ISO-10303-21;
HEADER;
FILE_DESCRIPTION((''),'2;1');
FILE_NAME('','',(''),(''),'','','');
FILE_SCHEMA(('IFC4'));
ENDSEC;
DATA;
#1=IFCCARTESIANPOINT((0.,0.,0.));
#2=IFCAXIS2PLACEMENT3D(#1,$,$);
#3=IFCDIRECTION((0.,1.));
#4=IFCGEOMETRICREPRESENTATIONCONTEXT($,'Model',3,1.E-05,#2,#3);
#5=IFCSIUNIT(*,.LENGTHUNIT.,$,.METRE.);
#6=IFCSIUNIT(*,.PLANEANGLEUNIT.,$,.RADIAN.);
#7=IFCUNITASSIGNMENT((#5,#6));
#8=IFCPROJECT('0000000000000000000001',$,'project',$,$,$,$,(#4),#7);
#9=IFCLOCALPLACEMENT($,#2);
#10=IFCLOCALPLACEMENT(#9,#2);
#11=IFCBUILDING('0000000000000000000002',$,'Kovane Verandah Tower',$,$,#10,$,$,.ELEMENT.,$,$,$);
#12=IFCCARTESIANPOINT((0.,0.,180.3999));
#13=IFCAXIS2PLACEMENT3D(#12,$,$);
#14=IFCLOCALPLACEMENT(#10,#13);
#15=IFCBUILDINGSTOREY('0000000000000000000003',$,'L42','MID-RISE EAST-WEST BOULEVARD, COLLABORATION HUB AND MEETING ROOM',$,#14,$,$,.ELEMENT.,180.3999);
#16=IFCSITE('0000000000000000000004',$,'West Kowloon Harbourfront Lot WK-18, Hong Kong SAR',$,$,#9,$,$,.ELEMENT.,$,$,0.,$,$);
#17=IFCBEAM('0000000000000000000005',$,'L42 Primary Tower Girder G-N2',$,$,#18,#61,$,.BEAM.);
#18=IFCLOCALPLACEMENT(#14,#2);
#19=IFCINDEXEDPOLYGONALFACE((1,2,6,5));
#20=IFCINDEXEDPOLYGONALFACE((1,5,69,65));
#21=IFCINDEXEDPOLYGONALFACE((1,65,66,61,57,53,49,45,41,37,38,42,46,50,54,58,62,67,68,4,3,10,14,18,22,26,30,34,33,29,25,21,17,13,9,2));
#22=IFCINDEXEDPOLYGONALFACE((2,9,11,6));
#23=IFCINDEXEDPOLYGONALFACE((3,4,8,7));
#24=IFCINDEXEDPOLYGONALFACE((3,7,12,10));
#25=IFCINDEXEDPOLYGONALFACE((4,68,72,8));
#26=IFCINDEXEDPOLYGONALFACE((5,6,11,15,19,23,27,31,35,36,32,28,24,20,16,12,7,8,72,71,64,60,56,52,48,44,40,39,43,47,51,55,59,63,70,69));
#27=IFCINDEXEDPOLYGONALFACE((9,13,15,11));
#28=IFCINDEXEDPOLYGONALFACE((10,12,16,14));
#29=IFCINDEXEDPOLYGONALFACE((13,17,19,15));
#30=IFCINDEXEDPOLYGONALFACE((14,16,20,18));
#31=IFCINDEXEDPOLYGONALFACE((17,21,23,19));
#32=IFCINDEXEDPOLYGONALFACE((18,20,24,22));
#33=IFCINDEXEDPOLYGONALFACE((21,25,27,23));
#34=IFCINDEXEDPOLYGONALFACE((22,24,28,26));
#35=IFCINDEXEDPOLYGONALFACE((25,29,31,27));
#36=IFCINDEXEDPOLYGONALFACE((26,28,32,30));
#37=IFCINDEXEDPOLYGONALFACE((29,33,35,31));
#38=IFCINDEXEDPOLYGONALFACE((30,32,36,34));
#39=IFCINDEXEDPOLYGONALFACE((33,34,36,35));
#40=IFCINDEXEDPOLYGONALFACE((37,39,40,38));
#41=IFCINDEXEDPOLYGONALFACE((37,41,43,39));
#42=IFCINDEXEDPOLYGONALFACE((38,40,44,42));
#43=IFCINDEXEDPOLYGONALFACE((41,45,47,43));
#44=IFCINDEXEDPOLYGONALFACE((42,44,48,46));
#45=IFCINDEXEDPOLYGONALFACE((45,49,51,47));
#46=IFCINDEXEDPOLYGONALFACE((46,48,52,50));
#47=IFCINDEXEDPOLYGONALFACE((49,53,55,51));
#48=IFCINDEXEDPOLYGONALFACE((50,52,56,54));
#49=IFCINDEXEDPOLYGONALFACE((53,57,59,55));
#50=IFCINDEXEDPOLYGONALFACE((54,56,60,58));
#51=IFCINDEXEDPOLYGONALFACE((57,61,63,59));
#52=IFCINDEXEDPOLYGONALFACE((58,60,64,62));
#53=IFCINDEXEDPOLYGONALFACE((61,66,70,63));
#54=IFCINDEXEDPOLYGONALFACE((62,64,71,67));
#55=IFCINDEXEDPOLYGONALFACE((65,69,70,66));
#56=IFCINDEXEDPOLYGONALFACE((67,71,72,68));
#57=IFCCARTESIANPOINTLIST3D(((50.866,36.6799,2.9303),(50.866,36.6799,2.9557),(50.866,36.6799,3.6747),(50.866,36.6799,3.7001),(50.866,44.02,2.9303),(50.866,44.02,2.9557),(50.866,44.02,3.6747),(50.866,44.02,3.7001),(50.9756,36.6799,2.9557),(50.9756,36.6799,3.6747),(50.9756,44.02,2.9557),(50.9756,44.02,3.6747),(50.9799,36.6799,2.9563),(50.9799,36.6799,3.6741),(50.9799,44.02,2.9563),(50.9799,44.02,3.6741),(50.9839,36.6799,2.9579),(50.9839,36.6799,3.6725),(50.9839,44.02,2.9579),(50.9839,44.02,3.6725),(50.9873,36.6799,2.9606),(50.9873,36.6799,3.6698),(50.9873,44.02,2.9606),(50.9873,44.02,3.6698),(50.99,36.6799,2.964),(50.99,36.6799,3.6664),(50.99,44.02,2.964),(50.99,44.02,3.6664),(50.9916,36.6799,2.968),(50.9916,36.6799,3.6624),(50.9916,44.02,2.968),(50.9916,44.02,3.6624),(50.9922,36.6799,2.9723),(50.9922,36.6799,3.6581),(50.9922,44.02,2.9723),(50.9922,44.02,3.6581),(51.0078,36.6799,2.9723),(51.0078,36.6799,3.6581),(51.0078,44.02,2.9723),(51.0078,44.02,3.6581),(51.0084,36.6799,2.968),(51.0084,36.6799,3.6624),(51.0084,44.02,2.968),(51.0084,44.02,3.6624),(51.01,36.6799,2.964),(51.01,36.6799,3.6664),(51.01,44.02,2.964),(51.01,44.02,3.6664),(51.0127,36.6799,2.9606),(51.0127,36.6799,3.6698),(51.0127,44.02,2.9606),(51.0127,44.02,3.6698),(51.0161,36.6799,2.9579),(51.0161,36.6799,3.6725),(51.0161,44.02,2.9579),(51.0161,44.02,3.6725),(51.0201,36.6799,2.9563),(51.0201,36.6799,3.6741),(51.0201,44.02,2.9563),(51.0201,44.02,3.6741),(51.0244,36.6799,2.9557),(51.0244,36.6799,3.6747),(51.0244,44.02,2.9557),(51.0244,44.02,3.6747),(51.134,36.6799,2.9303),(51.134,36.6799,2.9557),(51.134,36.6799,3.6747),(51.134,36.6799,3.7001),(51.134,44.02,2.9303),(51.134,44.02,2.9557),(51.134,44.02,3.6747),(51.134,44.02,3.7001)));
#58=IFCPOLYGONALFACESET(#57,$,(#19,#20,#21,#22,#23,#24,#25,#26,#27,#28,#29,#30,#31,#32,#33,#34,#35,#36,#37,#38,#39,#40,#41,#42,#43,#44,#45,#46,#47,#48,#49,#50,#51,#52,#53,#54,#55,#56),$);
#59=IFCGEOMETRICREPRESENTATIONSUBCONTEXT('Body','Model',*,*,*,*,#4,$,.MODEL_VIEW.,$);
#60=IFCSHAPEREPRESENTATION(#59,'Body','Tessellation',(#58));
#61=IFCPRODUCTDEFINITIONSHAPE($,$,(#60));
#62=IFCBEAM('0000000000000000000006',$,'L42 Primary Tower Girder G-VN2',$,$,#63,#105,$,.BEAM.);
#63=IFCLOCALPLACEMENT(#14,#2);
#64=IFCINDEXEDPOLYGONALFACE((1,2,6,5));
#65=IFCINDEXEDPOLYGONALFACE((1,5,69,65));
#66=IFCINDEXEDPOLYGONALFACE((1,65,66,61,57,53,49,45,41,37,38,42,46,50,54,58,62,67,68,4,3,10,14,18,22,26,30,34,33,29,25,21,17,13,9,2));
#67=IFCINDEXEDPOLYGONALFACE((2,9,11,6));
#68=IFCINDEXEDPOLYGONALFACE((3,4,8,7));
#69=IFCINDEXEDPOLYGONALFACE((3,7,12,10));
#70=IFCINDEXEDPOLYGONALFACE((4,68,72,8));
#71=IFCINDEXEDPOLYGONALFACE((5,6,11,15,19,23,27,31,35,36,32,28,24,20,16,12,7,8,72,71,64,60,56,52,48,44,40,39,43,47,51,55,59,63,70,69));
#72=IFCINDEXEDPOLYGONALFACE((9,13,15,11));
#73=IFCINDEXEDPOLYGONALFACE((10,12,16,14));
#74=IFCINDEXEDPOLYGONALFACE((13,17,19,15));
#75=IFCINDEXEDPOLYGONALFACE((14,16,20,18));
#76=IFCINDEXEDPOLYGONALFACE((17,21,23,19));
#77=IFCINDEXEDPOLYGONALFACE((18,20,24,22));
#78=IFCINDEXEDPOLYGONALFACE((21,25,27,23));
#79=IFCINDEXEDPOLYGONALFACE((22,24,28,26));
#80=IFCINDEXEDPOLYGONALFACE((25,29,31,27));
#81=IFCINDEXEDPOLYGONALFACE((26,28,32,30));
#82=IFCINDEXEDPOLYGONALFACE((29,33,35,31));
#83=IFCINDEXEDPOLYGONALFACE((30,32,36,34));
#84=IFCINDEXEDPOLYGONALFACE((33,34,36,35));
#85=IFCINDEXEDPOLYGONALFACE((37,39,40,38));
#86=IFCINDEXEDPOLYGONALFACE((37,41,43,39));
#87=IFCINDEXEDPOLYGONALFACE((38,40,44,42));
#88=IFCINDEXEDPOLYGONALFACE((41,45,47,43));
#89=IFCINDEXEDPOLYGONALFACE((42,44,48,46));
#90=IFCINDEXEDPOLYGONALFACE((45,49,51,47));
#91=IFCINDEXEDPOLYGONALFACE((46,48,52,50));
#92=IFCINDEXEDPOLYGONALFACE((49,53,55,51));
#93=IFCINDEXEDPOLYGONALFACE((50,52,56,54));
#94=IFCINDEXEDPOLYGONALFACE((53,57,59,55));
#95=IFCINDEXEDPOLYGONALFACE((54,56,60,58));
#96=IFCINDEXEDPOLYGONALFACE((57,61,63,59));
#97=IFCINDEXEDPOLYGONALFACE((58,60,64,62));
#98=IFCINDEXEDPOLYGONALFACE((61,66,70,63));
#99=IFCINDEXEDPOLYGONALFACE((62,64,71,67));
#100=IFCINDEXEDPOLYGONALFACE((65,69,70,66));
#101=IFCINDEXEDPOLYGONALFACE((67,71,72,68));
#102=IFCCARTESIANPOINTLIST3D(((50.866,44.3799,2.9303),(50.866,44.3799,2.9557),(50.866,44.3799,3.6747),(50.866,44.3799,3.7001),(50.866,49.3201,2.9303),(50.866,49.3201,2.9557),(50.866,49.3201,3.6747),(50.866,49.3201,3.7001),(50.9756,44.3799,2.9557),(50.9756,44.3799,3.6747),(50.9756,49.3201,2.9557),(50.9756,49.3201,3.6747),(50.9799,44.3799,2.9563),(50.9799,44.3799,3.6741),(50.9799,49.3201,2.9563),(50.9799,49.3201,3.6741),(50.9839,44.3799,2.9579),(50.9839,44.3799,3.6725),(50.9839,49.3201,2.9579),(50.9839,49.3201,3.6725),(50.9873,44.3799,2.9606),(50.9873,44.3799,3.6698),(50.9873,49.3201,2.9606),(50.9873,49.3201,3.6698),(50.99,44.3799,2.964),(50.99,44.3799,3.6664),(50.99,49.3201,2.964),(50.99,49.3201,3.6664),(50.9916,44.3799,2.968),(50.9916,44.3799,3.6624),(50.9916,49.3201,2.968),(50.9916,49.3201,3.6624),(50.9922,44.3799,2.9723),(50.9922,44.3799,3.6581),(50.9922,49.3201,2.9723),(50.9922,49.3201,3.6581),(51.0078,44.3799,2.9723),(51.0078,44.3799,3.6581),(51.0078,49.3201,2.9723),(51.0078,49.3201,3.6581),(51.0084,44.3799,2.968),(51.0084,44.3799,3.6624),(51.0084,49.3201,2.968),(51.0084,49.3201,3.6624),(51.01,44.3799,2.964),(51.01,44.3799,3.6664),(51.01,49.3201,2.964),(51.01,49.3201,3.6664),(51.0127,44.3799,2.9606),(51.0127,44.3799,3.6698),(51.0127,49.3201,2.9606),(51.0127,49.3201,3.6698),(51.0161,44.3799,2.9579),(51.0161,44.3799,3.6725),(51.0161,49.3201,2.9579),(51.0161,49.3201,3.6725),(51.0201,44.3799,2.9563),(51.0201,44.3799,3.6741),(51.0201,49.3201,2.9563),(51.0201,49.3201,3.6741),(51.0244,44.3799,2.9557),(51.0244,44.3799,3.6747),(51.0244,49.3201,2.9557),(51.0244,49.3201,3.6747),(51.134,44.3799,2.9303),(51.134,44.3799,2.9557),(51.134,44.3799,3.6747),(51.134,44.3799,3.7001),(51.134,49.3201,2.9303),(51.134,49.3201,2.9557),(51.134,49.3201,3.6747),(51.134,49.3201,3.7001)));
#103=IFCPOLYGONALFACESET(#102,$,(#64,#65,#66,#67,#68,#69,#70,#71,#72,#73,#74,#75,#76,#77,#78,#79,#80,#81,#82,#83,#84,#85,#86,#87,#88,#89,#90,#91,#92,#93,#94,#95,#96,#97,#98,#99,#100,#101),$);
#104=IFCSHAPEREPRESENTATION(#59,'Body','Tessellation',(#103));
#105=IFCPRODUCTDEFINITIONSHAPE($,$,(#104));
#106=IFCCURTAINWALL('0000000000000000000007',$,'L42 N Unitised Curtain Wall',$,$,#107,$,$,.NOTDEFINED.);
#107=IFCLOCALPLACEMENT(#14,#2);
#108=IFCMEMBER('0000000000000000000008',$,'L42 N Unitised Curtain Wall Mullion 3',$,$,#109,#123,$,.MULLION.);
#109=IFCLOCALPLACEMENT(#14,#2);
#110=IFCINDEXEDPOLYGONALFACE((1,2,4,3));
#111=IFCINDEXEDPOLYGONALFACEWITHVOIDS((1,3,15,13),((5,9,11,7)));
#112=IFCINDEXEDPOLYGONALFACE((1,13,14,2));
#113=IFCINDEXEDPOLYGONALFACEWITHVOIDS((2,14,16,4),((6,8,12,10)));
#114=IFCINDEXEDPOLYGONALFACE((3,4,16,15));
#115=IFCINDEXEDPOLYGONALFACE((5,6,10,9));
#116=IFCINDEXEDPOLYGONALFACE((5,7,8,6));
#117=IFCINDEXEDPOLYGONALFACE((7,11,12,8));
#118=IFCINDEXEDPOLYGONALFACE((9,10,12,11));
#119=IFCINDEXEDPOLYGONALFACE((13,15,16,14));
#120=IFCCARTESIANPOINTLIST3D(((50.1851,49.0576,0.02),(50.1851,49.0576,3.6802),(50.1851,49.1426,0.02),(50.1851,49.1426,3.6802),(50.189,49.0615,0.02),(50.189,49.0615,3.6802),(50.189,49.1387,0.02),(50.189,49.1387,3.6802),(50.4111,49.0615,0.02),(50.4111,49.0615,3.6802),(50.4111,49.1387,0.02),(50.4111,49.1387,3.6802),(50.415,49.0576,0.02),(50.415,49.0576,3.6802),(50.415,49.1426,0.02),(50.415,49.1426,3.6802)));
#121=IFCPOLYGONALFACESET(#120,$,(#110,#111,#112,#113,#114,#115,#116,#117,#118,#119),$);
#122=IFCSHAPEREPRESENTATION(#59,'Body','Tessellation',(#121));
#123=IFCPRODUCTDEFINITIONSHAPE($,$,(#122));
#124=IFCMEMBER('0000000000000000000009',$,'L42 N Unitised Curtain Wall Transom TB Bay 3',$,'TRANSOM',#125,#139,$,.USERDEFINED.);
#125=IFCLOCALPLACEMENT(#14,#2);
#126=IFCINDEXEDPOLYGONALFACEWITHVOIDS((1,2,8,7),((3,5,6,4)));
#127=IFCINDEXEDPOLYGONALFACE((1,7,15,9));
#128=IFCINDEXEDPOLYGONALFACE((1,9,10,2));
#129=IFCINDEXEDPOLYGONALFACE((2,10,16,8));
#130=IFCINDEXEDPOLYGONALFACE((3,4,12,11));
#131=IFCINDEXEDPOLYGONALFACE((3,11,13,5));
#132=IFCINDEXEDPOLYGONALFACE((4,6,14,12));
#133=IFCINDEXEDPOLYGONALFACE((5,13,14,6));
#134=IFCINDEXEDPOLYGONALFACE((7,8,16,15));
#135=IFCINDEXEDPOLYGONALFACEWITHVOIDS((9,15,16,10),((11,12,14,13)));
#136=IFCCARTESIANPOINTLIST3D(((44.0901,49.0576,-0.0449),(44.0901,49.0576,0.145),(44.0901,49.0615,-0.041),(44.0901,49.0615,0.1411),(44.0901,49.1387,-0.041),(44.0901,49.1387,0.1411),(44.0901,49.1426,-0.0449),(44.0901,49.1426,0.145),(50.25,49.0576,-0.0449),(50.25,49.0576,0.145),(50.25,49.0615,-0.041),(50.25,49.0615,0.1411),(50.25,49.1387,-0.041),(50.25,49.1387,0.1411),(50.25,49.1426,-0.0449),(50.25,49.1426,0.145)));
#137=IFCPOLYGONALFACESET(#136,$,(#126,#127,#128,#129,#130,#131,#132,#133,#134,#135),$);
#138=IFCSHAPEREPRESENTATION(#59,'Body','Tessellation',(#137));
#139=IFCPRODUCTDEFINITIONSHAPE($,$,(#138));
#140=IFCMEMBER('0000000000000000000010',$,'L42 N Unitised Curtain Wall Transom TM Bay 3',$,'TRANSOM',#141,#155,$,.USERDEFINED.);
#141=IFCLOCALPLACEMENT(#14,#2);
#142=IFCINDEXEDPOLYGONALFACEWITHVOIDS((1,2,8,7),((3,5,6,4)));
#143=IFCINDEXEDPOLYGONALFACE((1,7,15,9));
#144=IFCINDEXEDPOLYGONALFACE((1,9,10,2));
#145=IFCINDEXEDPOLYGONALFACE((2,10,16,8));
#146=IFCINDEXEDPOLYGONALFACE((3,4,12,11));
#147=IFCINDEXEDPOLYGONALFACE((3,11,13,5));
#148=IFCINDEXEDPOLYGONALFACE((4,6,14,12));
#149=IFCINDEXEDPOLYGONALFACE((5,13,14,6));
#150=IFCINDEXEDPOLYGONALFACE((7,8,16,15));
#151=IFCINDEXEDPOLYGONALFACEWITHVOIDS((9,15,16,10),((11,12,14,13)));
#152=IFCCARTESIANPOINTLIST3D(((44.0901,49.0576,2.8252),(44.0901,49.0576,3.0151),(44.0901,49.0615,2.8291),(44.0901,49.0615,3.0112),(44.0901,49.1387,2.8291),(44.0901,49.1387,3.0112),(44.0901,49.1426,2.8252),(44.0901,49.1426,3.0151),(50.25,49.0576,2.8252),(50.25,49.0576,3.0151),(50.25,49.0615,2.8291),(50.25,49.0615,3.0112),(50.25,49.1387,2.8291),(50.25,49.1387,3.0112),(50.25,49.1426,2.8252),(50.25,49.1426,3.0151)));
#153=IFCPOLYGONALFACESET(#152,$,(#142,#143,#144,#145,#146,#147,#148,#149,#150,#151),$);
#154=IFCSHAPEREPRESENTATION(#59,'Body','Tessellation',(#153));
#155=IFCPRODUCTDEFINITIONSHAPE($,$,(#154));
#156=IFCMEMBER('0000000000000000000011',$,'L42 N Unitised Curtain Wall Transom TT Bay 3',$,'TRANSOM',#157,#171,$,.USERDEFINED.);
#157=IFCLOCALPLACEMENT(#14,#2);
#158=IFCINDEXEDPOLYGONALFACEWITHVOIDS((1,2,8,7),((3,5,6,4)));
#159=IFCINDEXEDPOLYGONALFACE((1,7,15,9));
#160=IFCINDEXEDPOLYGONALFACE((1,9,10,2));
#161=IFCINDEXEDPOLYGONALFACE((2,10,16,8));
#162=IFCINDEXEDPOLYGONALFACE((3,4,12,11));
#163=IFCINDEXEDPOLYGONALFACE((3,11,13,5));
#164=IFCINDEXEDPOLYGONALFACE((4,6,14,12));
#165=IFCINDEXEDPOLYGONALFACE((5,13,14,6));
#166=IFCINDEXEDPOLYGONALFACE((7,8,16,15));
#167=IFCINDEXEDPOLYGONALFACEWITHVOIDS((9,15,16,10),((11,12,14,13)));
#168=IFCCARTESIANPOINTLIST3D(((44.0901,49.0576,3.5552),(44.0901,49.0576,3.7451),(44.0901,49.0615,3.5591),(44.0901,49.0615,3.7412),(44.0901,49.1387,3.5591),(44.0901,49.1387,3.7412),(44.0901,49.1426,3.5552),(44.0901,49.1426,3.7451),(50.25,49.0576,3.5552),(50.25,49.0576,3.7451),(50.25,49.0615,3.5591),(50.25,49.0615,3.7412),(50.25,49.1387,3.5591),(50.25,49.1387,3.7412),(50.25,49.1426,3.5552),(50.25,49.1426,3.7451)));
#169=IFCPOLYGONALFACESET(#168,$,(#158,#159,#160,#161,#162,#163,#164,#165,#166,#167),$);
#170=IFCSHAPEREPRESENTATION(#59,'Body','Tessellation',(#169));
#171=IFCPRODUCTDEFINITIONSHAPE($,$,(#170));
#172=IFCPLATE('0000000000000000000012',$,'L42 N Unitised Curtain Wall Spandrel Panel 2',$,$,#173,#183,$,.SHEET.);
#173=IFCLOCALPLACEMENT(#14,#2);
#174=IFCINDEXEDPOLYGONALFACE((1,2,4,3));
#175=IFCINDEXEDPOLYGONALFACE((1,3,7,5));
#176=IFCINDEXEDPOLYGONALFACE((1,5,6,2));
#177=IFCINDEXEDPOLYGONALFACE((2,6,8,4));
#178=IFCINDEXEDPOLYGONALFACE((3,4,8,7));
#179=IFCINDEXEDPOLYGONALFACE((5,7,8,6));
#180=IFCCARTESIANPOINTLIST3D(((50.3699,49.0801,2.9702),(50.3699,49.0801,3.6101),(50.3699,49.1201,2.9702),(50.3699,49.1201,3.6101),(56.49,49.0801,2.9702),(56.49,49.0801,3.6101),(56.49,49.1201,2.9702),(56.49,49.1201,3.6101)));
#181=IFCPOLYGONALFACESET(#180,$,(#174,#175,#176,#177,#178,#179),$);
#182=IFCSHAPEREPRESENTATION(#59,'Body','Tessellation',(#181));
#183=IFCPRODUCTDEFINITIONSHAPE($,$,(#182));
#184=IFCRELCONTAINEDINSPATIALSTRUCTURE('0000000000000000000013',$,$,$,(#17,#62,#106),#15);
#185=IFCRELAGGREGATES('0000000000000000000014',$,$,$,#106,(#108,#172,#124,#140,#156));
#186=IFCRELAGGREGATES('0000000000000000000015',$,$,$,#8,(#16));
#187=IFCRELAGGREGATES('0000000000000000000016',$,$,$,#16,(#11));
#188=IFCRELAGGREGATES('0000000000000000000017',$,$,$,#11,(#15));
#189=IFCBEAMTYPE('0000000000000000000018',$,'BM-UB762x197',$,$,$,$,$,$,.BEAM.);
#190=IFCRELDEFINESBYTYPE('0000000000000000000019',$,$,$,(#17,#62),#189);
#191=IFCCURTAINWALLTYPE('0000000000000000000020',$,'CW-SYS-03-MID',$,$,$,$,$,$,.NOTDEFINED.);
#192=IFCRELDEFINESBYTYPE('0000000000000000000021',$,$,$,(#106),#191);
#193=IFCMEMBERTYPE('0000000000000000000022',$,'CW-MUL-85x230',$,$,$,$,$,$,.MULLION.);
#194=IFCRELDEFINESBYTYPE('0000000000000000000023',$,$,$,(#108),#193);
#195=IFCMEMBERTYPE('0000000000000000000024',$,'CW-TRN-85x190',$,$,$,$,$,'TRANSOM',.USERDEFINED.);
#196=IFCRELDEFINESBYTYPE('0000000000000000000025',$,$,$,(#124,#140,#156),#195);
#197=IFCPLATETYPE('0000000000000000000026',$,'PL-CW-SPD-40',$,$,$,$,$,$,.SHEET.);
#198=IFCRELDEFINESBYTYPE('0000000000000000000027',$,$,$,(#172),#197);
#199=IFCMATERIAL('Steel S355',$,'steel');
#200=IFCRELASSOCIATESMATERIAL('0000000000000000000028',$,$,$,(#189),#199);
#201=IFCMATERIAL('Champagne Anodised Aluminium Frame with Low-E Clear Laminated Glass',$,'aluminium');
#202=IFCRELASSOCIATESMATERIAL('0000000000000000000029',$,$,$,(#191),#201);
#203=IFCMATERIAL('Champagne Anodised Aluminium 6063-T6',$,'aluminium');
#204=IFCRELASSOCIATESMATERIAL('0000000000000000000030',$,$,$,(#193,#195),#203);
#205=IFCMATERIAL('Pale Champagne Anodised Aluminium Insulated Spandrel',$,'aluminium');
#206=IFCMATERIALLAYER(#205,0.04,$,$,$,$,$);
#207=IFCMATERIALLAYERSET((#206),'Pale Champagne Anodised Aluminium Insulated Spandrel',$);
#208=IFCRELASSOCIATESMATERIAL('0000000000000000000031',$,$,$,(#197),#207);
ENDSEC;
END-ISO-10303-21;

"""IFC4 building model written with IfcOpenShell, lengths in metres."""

from ifc_helpers import new_model, si_unit, direction, frame, origin, origin_2d, place, context, subcontext, project, spatial, rectangle, hollow_rectangle, i_section, extrude, material, layer, layer_set, material_profile, profile_set, type_object, element, aggregate, save


model = new_model("IFC4")

# Units and contexts
model_context = context("Model", 3, precision=1e-05, world=origin(), true_north=direction((0.0, 1.0)))
body_context = subcontext(model_context, "Body", "Model", "MODEL_VIEW")
ifc_project = project(units=[si_unit("LENGTHUNIT", "METRE"), si_unit("PLANEANGLEUNIT", "RADIAN")], contexts=[model_context])

# Site, building, storey
site_placement = place(None, origin())
site = spatial("IfcSite", under=ifc_project, at=site_placement, Name="West Kowloon Harbourfront Lot WK-18, Hong Kong SAR", CompositionType="ELEMENT", RefElevation=0.0)
building_placement = place(site_placement, origin())
building = spatial("IfcBuilding", under=site, at=building_placement, Name="Kovane Verandah Tower", CompositionType="ELEMENT")
storey_placement = place(building_placement, frame((0.0, 0.0, 180.3999)))
storey = spatial("IfcBuildingStorey", under=building, at=storey_placement, Name="L42", Description="MID-RISE EAST-WEST BOULEVARD, COLLABORATION HUB AND MEETING ROOM", CompositionType="ELEMENT", Elevation=180.3999)

# Beams
ifc_material_1 = material(Name="Steel S355", Category="steel")
ifc_material_profile_1 = material_profile(ifc_material_1, i_section(OverallWidth=0.2681, OverallDepth=0.7698, WebThickness=0.0156, FlangeThickness=0.0254, FilletRadius=0.0166, at=origin_2d()), Name="UB762x267x197")
ifc_profile_set_1 = profile_set([ifc_material_profile_1], Name="Steel S355")
beam_type = type_object("IfcBeamType", Name="BM-UB762x197", PredefinedType="BEAM", material=ifc_profile_set_1)
beam_1_placement = place(storey_placement, frame((51.0, 36.6799, 3.3152), z_axis=(0.0, 1.0, 0.0), x_axis=(-1.0, 0.0, 0.0)))
element("IfcBeam", 1, at=beam_1_placement, inside=storey, type_object=beam_type, Name="L42 Primary Tower Girder G-N2", PredefinedType="BEAM", context=body_context, shape_type="SweptSolid", body=[
    extrude(i_section(OverallWidth=0.2681, OverallDepth=0.7698, WebThickness=0.0156, FlangeThickness=0.0254, FilletRadius=0.0166, at=origin_2d()), origin(), (0.0, 0.0, 1.0), 7.3401),
])
beam_2_placement = place(storey_placement, frame((51.0, 44.3799, 3.3152), z_axis=(0.0, 1.0, 0.0), x_axis=(-1.0, 0.0, 0.0)))
element("IfcBeam", 2, at=beam_2_placement, inside=storey, type_object=beam_type, Name="L42 Primary Tower Girder G-VN2", PredefinedType="BEAM", context=body_context, shape_type="SweptSolid", body=[
    extrude(i_section(OverallWidth=0.2681, OverallDepth=0.7698, WebThickness=0.0156, FlangeThickness=0.0254, FilletRadius=0.0166, at=origin_2d()), origin(), (0.0, 0.0, 1.0), 4.9402),
])

# Curtain wall, members, plate
ifc_material_2 = material(Name="Champagne Anodised Aluminium Frame with Low-E Clear Laminated Glass", Category="aluminium")
curtain_wall_type = type_object("IfcCurtainWallType", Name="CW-SYS-03-MID", PredefinedType="NOTDEFINED", material=ifc_material_2)
curtain_wall_placement = place(storey_placement, origin())
curtain_wall = element("IfcCurtainWall", 3, at=curtain_wall_placement, inside=storey, type_object=curtain_wall_type, Name="L42 N Unitised Curtain Wall", PredefinedType="NOTDEFINED")
ifc_material_3 = material(Name="Champagne Anodised Aluminium 6063-T6", Category="aluminium")
ifc_material_profile_2 = material_profile(ifc_material_3, hollow_rectangle(XDim=0.085, YDim=0.23, WallThickness=0.0039, at=origin_2d()), Name="AL85x230x4")
ifc_profile_set_2 = profile_set([ifc_material_profile_2], Name="Champagne Anodised Aluminium 6063-T6")
member_type_1 = type_object("IfcMemberType", Name="CW-MUL-85x230", PredefinedType="MULLION", material=ifc_profile_set_2)
member_1_placement = place(storey_placement, frame((50.3, 49.1001, 0.02), z_axis=(0.0, 0.0, 1.0), x_axis=(0.0, 1.0, 0.0)))
member_1 = element("IfcMember", 4, at=member_1_placement, type_object=member_type_1, Name="L42 N Unitised Curtain Wall Mullion 3", PredefinedType="MULLION", context=body_context, shape_type="SweptSolid", body=[
    extrude(hollow_rectangle(XDim=0.085, YDim=0.23, WallThickness=0.0039, at=origin_2d()), origin(), (0.0, 0.0, 1.0), 3.6602),
])
ifc_material_profile_3 = material_profile(ifc_material_3, hollow_rectangle(XDim=0.085, YDim=0.1899, WallThickness=0.0039, at=origin_2d()), Name="AL85x190x4")
ifc_profile_set_3 = profile_set([ifc_material_profile_3], Name="Champagne Anodised Aluminium 6063-T6")
member_type_2 = type_object("IfcMemberType", Name="CW-TRN-85x190", ElementType="TRANSOM", PredefinedType="USERDEFINED", material=ifc_profile_set_3)
member_2_placement = place(storey_placement, frame((50.25, 49.1001, 0.05), z_axis=(-1.0, 0.0, 0.0), x_axis=(0.0, -1.0, 0.0)))
member_2 = element("IfcMember", 5, at=member_2_placement, type_object=member_type_2, Name="L42 N Unitised Curtain Wall Transom TB Bay 3", ObjectType="TRANSOM", PredefinedType="USERDEFINED", context=body_context, shape_type="SweptSolid", body=[
    extrude(hollow_rectangle(XDim=0.085, YDim=0.1899, WallThickness=0.0039, at=origin_2d()), origin(), (0.0, 0.0, 1.0), 6.1599),
])
member_3_placement = place(storey_placement, frame((50.25, 49.1001, 2.9202), z_axis=(-1.0, 0.0, 0.0), x_axis=(0.0, -1.0, 0.0)))
member_3 = element("IfcMember", 6, at=member_3_placement, type_object=member_type_2, Name="L42 N Unitised Curtain Wall Transom TM Bay 3", ObjectType="TRANSOM", PredefinedType="USERDEFINED", context=body_context, shape_type="SweptSolid", body=[
    extrude(hollow_rectangle(XDim=0.085, YDim=0.1899, WallThickness=0.0039, at=origin_2d()), origin(), (0.0, 0.0, 1.0), 6.1599),
])
member_4_placement = place(storey_placement, frame((50.25, 49.1001, 3.6501), z_axis=(-1.0, 0.0, 0.0), x_axis=(0.0, -1.0, 0.0)))
member_4 = element("IfcMember", 7, at=member_4_placement, type_object=member_type_2, Name="L42 N Unitised Curtain Wall Transom TT Bay 3", ObjectType="TRANSOM", PredefinedType="USERDEFINED", context=body_context, shape_type="SweptSolid", body=[
    extrude(hollow_rectangle(XDim=0.085, YDim=0.1899, WallThickness=0.0039, at=origin_2d()), origin(), (0.0, 0.0, 1.0), 6.1599),
])
ifc_material_4 = material(Name="Pale Champagne Anodised Aluminium Insulated Spandrel", Category="aluminium")
ifc_layer_1 = layer(ifc_material_4, 0.04)
ifc_layer_set_1 = layer_set([ifc_layer_1], Name="Pale Champagne Anodised Aluminium Insulated Spandrel")
plate_type_1 = type_object("IfcPlateType", Name="PL-CW-SPD-40", PredefinedType="SHEET", material=ifc_layer_set_1)
plate_1_placement = place(storey_placement, frame((53.4299, 49.1001, 2.9702), z_axis=(0.0, 0.0, 1.0), x_axis=(-1.0, 0.0, 0.0)))
plate_1 = element("IfcPlate", 8, at=plate_1_placement, type_object=plate_type_1, Name="L42 N Unitised Curtain Wall Spandrel Panel 2", PredefinedType="SHEET", context=body_context, shape_type="SweptSolid", body=[
    extrude(rectangle(XDim=6.1201, YDim=0.04, at=origin_2d()), origin(), (0.0, 0.0, 1.0), 0.6399),
])
aggregate(curtain_wall, [member_1, plate_1, member_2, member_3, member_4])

save(model, "model.ifc")
